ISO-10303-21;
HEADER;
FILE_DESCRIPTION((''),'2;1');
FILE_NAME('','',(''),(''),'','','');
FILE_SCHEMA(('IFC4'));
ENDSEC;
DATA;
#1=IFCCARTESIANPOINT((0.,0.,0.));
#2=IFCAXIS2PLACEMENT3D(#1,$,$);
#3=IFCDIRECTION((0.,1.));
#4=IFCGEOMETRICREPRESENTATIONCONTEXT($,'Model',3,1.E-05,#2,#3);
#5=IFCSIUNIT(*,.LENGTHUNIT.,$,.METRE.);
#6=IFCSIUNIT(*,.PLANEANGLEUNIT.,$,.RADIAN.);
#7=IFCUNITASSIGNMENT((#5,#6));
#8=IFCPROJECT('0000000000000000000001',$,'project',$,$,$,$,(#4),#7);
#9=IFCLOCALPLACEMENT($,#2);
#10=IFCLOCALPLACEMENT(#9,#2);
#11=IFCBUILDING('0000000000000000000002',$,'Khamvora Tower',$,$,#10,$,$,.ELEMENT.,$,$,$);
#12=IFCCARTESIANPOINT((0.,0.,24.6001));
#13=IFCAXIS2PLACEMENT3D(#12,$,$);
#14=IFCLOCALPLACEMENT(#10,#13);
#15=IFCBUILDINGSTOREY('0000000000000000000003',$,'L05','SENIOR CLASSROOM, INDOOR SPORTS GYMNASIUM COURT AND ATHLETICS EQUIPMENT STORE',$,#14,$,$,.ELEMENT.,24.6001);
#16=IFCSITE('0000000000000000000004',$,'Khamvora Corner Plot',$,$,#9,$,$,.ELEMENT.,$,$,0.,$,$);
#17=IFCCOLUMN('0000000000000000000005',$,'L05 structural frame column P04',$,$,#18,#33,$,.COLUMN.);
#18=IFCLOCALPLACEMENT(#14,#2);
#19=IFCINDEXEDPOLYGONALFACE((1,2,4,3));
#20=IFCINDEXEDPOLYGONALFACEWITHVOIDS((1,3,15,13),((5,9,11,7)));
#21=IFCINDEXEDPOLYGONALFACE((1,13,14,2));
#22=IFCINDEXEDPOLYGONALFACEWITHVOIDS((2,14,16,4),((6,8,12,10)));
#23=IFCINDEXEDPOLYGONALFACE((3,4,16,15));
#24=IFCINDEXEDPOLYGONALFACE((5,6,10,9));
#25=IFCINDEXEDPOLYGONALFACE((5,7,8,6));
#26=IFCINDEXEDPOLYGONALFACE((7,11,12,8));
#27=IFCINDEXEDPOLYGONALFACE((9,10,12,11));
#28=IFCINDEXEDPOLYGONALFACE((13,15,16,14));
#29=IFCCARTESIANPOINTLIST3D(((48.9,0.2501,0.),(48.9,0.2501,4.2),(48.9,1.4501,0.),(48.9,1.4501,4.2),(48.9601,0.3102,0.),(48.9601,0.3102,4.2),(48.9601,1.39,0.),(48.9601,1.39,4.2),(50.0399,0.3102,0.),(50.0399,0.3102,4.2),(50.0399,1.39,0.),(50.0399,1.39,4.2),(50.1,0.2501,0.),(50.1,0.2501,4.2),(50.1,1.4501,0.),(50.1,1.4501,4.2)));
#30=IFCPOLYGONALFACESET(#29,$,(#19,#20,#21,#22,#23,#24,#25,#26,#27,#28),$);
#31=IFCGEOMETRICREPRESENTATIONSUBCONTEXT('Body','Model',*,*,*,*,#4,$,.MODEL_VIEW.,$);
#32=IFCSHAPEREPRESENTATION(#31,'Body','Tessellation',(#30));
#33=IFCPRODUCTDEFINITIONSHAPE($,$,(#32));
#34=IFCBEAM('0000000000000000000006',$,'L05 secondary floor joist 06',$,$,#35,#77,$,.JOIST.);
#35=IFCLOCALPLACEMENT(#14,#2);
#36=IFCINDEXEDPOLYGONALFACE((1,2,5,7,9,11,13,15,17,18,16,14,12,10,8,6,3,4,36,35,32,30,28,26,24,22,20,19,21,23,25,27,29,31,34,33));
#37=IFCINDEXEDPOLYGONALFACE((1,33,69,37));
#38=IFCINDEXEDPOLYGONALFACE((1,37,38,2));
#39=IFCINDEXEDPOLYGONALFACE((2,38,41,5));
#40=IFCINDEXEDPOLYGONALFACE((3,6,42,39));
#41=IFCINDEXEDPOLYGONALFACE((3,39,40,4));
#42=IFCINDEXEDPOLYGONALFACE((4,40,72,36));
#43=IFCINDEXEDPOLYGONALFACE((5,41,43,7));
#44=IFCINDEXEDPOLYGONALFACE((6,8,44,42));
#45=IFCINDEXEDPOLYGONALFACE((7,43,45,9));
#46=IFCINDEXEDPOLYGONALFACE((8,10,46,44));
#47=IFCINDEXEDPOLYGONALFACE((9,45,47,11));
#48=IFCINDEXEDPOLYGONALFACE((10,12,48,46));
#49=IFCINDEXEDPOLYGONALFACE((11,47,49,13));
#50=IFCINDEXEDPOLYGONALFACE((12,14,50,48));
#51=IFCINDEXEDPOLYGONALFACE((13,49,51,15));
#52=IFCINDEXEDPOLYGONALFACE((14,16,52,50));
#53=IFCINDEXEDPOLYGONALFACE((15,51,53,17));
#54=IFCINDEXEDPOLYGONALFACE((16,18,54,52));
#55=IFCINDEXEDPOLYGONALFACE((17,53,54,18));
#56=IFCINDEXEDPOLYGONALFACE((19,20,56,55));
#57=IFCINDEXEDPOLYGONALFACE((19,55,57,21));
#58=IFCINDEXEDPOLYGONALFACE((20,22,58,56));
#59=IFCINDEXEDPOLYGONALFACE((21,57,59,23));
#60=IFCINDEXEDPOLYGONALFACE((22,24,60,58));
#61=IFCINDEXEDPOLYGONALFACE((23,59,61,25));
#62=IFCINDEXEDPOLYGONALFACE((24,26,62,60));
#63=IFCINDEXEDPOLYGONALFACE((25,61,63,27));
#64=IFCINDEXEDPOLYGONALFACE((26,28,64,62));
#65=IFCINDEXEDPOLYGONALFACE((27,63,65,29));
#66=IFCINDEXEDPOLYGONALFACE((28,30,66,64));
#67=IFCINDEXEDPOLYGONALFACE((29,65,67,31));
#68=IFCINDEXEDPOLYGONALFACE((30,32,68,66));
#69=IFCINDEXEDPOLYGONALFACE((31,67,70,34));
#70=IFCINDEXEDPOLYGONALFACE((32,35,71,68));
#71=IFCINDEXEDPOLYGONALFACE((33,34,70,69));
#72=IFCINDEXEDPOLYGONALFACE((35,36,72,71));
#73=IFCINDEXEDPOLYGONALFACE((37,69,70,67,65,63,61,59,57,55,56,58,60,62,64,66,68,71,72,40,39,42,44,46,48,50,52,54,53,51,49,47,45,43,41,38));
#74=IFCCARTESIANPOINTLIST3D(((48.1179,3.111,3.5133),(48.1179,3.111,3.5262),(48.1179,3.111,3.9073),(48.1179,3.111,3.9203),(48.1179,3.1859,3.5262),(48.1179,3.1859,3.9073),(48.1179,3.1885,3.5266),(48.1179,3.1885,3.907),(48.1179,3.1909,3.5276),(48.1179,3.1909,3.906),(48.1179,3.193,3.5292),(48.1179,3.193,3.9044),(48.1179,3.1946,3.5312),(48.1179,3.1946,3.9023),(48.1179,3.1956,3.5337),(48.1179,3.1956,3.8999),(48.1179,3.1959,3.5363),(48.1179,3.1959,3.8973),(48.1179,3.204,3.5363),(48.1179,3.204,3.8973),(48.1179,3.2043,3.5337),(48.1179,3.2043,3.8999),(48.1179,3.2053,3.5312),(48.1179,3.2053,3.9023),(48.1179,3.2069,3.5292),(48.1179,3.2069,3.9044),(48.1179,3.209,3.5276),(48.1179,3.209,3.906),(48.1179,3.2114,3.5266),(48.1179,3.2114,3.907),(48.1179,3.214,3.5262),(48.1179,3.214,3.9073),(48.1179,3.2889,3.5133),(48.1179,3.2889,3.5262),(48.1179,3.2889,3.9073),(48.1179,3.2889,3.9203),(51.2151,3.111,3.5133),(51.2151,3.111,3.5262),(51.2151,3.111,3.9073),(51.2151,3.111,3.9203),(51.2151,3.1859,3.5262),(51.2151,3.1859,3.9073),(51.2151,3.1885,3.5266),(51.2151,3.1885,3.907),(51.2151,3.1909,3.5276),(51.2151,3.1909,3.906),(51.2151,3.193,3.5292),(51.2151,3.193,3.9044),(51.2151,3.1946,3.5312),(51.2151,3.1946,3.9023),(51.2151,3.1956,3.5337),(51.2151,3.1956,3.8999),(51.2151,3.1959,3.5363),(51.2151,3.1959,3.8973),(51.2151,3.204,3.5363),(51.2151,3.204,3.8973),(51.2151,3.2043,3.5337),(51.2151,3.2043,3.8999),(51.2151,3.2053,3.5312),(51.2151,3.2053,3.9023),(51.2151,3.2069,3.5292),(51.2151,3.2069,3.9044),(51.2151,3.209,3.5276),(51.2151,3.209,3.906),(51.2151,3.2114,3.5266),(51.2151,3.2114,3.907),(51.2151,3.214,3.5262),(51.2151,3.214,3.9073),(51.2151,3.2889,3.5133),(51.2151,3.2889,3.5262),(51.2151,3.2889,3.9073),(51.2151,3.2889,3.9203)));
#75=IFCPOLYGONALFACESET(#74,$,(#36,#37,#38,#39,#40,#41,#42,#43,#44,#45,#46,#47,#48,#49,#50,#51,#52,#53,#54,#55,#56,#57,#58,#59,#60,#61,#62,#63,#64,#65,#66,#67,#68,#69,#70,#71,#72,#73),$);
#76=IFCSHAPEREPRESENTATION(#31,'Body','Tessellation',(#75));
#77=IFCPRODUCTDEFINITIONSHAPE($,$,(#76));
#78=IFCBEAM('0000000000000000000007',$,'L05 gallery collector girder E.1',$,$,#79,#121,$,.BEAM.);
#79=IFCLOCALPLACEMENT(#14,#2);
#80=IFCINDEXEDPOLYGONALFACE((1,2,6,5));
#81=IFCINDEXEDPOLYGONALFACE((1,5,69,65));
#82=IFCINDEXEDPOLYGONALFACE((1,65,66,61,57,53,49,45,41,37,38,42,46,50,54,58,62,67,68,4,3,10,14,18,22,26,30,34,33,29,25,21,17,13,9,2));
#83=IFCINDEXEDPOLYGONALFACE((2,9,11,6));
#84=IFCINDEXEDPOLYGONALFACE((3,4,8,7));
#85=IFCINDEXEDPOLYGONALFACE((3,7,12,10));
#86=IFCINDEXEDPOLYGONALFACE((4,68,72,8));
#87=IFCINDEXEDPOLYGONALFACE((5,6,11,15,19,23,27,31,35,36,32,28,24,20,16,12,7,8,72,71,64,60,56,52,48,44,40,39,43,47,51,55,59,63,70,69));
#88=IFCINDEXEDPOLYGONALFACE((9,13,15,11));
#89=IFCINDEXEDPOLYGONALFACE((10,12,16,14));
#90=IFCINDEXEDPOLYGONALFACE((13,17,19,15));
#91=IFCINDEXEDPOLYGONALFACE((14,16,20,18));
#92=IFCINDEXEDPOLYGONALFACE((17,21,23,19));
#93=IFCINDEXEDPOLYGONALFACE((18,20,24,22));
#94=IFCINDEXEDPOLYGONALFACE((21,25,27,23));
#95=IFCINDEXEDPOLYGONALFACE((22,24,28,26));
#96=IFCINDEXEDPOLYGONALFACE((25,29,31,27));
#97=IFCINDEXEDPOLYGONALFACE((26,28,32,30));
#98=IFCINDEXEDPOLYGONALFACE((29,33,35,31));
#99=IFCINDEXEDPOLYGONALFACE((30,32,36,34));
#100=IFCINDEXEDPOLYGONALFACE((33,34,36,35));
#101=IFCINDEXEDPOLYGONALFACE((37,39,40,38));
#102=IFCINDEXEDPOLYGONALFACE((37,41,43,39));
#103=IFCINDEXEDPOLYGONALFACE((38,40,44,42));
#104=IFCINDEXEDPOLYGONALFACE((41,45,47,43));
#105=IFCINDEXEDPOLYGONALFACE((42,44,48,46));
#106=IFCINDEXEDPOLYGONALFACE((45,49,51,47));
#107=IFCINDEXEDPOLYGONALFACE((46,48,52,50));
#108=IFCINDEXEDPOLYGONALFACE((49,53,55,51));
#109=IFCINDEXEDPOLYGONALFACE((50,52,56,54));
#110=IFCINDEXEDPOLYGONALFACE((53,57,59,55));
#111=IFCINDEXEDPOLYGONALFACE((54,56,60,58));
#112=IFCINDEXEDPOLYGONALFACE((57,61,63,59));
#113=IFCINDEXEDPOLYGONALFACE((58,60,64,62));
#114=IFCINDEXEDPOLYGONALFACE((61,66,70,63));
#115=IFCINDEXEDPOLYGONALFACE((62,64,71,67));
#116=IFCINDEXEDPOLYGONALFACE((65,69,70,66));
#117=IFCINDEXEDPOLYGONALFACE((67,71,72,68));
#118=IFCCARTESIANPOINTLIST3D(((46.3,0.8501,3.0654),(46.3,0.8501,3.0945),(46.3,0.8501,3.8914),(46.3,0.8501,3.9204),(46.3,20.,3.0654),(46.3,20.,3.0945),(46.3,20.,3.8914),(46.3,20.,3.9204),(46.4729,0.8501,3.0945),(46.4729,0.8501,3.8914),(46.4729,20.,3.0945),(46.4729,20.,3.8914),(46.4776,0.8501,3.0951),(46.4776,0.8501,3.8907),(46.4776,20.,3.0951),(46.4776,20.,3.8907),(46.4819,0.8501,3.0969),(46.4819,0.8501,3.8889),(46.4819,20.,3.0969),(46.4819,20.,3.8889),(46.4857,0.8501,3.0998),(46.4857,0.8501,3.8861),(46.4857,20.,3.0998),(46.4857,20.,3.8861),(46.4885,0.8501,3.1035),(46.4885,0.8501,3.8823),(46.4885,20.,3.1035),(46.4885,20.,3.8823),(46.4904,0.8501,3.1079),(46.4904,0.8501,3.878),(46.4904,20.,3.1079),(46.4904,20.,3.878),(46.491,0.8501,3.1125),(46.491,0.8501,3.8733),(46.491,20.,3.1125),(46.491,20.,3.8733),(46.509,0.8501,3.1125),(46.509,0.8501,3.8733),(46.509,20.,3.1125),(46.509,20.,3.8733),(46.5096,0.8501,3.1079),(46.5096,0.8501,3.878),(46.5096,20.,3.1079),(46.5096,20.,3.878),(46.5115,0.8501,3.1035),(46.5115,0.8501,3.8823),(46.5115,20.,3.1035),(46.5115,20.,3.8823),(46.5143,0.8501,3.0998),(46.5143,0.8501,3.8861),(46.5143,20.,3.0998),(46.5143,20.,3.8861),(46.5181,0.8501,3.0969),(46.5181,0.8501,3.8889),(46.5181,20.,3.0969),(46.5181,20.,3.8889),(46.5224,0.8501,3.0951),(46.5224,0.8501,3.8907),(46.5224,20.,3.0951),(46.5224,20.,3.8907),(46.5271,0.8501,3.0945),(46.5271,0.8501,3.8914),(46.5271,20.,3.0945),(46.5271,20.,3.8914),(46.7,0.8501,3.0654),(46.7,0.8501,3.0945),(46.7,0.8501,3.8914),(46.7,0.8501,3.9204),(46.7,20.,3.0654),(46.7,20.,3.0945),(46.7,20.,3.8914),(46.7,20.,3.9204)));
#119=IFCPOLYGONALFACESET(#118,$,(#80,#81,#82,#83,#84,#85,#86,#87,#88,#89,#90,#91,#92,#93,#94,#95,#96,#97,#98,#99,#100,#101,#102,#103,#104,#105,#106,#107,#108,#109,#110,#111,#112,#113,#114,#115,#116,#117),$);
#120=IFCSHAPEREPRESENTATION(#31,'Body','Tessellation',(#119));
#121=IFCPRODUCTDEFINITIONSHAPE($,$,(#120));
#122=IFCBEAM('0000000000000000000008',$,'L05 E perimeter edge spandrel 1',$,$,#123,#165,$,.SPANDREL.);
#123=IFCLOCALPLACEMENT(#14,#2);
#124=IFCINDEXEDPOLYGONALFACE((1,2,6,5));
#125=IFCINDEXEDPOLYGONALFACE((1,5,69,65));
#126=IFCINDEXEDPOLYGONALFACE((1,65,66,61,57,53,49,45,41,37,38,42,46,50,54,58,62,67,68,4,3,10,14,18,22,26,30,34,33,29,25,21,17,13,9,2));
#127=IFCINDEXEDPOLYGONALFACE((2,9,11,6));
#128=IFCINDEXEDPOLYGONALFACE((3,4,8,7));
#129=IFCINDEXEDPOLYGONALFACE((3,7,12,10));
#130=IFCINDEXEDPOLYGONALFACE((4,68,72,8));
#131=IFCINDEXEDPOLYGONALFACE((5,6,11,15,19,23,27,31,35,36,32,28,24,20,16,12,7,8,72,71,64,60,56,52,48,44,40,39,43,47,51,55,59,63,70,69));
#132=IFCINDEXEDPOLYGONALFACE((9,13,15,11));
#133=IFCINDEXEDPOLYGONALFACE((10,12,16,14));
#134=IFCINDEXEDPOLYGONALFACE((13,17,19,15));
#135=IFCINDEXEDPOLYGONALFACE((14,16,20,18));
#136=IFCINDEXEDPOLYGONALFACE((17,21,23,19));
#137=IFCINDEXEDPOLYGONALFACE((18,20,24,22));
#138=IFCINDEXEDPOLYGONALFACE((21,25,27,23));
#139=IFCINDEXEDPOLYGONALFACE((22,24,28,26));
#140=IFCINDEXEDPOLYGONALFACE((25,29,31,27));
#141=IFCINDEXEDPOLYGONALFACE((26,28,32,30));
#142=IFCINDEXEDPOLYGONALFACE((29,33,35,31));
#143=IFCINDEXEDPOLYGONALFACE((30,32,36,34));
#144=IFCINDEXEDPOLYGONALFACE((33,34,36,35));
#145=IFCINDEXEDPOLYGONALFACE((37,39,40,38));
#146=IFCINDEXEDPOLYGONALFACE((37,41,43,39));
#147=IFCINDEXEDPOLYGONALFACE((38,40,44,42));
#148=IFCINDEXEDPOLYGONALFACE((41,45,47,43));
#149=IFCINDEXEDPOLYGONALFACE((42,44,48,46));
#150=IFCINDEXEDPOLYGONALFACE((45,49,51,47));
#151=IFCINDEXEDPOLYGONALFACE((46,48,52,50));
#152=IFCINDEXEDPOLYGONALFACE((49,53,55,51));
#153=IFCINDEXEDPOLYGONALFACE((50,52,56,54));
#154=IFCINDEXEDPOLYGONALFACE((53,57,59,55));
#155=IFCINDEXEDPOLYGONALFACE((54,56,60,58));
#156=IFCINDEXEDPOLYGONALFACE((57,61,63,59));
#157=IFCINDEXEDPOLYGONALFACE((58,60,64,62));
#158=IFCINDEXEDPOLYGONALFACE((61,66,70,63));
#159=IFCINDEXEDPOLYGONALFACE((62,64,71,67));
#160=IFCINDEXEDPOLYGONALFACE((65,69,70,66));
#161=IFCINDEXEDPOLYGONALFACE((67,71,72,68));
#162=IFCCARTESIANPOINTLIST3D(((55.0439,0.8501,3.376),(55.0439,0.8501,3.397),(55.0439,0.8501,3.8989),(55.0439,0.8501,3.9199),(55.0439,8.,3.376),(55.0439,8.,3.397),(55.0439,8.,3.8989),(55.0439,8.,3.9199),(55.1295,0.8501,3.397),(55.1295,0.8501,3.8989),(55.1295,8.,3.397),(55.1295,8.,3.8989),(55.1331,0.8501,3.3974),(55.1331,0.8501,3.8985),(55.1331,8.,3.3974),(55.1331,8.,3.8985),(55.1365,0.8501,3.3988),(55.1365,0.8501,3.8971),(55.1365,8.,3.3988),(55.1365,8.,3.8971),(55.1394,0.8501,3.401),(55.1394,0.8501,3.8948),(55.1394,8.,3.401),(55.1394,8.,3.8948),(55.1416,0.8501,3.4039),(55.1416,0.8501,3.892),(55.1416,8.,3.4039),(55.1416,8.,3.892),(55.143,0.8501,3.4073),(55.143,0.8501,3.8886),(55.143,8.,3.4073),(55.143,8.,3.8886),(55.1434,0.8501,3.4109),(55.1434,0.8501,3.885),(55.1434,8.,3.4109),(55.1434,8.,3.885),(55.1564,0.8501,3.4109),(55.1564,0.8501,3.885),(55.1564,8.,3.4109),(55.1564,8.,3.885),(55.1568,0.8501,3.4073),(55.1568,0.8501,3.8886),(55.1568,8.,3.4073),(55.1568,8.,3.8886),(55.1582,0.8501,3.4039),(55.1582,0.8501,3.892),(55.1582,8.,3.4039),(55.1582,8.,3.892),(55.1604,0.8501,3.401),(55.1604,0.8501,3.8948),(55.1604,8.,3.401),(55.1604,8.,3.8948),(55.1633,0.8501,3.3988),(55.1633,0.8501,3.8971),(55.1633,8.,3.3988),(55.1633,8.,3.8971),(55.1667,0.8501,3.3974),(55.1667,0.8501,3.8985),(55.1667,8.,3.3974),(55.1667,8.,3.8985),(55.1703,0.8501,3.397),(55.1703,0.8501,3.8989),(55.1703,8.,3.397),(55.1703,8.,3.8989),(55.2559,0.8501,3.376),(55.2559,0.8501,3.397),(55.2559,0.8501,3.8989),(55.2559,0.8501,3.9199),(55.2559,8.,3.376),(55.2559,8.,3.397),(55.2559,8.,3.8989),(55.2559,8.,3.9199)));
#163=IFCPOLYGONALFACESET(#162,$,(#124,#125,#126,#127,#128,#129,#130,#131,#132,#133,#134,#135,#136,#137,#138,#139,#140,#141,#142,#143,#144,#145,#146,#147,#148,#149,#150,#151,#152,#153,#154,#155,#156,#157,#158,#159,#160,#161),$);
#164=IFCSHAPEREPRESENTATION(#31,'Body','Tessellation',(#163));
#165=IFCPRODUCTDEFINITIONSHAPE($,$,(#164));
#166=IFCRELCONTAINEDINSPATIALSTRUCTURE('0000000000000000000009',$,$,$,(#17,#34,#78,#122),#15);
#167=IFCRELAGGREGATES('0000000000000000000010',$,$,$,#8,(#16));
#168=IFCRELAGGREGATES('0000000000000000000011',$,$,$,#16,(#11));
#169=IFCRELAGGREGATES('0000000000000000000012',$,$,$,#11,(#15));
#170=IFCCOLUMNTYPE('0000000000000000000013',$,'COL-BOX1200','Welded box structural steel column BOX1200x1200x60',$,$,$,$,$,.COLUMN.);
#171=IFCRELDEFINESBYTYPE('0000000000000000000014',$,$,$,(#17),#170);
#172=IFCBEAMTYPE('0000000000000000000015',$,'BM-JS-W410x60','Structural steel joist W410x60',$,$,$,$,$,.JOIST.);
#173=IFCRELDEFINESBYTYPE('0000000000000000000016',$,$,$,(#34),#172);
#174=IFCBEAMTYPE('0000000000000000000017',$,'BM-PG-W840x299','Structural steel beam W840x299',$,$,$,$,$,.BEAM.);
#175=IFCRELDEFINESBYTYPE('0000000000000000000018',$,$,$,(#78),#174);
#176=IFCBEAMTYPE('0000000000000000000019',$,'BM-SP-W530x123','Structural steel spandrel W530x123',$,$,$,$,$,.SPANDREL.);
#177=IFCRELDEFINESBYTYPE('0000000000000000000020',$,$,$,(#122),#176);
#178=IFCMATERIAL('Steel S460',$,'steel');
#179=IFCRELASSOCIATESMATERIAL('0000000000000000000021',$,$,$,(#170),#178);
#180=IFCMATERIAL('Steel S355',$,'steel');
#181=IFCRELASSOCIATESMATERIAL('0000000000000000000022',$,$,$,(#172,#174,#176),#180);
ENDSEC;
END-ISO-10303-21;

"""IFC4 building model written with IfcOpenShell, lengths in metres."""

from ifc_helpers import new_model, si_unit, direction, frame, origin, origin_2d, place, context, subcontext, project, spatial, hollow_rectangle, i_section, extrude, material, material_profile, profile_set, type_object, element, save


model = new_model("IFC4")

# Units and contexts
model_context = context("Model", 3, precision=1e-05, world=origin(), true_north=direction((0.0, 1.0)))
body_context = subcontext(model_context, "Body", "Model", "MODEL_VIEW")
ifc_project = project(units=[si_unit("LENGTHUNIT", "METRE"), si_unit("PLANEANGLEUNIT", "RADIAN")], contexts=[model_context])

# Site, building, storey
site_placement = place(None, origin())
site = spatial("IfcSite", under=ifc_project, at=site_placement, Name="Khamvora Corner Plot", CompositionType="ELEMENT", RefElevation=0.0)
building_placement = place(site_placement, origin())
building = spatial("IfcBuilding", under=site, at=building_placement, Name="Khamvora Tower", CompositionType="ELEMENT")
storey_placement = place(building_placement, frame((0.0, 0.0, 24.6001)))
storey = spatial("IfcBuildingStorey", under=building, at=storey_placement, Name="L05", Description="SENIOR CLASSROOM, INDOOR SPORTS GYMNASIUM COURT AND ATHLETICS EQUIPMENT STORE", CompositionType="ELEMENT", Elevation=24.6001)

# Column
ifc_material_1 = material(Name="Steel S460", Category="steel")
ifc_material_profile_1 = material_profile(ifc_material_1, hollow_rectangle(XDim=1.2, YDim=1.2, WallThickness=0.0601, at=origin_2d()), Name="BOX1200x1200x60")
ifc_profile_set_1 = profile_set([ifc_material_profile_1], Name="Steel S460")
column_type = type_object("IfcColumnType", Name="COL-BOX1200", Description="Welded box structural steel column BOX1200x1200x60", PredefinedType="COLUMN", material=ifc_profile_set_1)
column_placement = place(storey_placement, frame((49.5, 0.8501, 0.0), z_axis=(0.0, 0.0, 1.0), x_axis=(1.0, 0.0, 0.0)))
element("IfcColumn", 1, at=column_placement, inside=storey, type_object=column_type, Name="L05 structural frame column P04", PredefinedType="COLUMN", context=body_context, shape_type="SweptSolid", body=[
    extrude(hollow_rectangle(XDim=1.2, YDim=1.2, WallThickness=0.0601, at=origin_2d()), origin(), (0.0, 0.0, 1.0), 4.2),
])

# Beams
ifc_material_2 = material(Name="Steel S355", Category="steel")
ifc_material_profile_2 = material_profile(ifc_material_2, i_section(OverallWidth=0.178, OverallDepth=0.407, WebThickness=0.0081, FlangeThickness=0.0129, FilletRadius=0.01, at=origin_2d()), Name="W410x60")
ifc_profile_set_2 = profile_set([ifc_material_profile_2], Name="Steel S355")
beam_type_1 = type_object("IfcBeamType", Name="BM-JS-W410x60", Description="Structural steel joist W410x60", PredefinedType="JOIST", material=ifc_profile_set_2)
beam_1_placement = place(storey_placement, frame((48.1179, 3.2, 3.7168), z_axis=(1.0, 0.0, 0.0), x_axis=(0.0, 1.0, 0.0)))
element("IfcBeam", 2, at=beam_1_placement, inside=storey, type_object=beam_type_1, Name="L05 secondary floor joist 06", PredefinedType="JOIST", context=body_context, shape_type="SweptSolid", body=[
    extrude(i_section(OverallWidth=0.178, OverallDepth=0.407, WebThickness=0.0081, FlangeThickness=0.0129, FilletRadius=0.01, at=origin_2d()), origin(), (0.0, 0.0, 1.0), 3.0972),
])
ifc_material_profile_3 = material_profile(ifc_material_2, i_section(OverallWidth=0.3999, OverallDepth=0.855, WebThickness=0.0181, FlangeThickness=0.0291, FilletRadius=0.0181, at=origin_2d()), Name="W840x299")
ifc_profile_set_3 = profile_set([ifc_material_profile_3], Name="Steel S355")
beam_type_2 = type_object("IfcBeamType", Name="BM-PG-W840x299", Description="Structural steel beam W840x299", PredefinedType="BEAM", material=ifc_profile_set_3)
beam_2_placement = place(storey_placement, frame((46.5, 0.8501, 3.4929), z_axis=(0.0, 1.0, 0.0), x_axis=(-1.0, 0.0, 0.0)))
element("IfcBeam", 3, at=beam_2_placement, inside=storey, type_object=beam_type_2, Name="L05 gallery collector girder E.1", PredefinedType="BEAM", context=body_context, shape_type="SweptSolid", body=[
    extrude(i_section(OverallWidth=0.3999, OverallDepth=0.855, WebThickness=0.0181, FlangeThickness=0.0291, FilletRadius=0.0181, at=origin_2d()), origin(), (0.0, 0.0, 1.0), 19.1499),
])
ifc_material_profile_4 = material_profile(ifc_material_2, i_section(OverallWidth=0.2119, OverallDepth=0.5439, WebThickness=0.0129, FlangeThickness=0.021, FilletRadius=0.0139, at=origin_2d()), Name="W530x123")
ifc_profile_set_4 = profile_set([ifc_material_profile_4], Name="Steel S355")
beam_type_3 = type_object("IfcBeamType", Name="BM-SP-W530x123", Description="Structural steel spandrel W530x123", PredefinedType="SPANDREL", material=ifc_profile_set_4)
beam_3_placement = place(storey_placement, frame((55.1499, 0.8501, 3.6479), z_axis=(0.0, 1.0, 0.0), x_axis=(-1.0, 0.0, 0.0)))
element("IfcBeam", 4, at=beam_3_placement, inside=storey, type_object=beam_type_3, Name="L05 E perimeter edge spandrel 1", PredefinedType="SPANDREL", context=body_context, shape_type="SweptSolid", body=[
    extrude(i_section(OverallWidth=0.2119, OverallDepth=0.5439, WebThickness=0.0129, FlangeThickness=0.021, FilletRadius=0.0139, at=origin_2d()), origin(), (0.0, 0.0, 1.0), 7.1499),
])

save(model, "model.ifc")
